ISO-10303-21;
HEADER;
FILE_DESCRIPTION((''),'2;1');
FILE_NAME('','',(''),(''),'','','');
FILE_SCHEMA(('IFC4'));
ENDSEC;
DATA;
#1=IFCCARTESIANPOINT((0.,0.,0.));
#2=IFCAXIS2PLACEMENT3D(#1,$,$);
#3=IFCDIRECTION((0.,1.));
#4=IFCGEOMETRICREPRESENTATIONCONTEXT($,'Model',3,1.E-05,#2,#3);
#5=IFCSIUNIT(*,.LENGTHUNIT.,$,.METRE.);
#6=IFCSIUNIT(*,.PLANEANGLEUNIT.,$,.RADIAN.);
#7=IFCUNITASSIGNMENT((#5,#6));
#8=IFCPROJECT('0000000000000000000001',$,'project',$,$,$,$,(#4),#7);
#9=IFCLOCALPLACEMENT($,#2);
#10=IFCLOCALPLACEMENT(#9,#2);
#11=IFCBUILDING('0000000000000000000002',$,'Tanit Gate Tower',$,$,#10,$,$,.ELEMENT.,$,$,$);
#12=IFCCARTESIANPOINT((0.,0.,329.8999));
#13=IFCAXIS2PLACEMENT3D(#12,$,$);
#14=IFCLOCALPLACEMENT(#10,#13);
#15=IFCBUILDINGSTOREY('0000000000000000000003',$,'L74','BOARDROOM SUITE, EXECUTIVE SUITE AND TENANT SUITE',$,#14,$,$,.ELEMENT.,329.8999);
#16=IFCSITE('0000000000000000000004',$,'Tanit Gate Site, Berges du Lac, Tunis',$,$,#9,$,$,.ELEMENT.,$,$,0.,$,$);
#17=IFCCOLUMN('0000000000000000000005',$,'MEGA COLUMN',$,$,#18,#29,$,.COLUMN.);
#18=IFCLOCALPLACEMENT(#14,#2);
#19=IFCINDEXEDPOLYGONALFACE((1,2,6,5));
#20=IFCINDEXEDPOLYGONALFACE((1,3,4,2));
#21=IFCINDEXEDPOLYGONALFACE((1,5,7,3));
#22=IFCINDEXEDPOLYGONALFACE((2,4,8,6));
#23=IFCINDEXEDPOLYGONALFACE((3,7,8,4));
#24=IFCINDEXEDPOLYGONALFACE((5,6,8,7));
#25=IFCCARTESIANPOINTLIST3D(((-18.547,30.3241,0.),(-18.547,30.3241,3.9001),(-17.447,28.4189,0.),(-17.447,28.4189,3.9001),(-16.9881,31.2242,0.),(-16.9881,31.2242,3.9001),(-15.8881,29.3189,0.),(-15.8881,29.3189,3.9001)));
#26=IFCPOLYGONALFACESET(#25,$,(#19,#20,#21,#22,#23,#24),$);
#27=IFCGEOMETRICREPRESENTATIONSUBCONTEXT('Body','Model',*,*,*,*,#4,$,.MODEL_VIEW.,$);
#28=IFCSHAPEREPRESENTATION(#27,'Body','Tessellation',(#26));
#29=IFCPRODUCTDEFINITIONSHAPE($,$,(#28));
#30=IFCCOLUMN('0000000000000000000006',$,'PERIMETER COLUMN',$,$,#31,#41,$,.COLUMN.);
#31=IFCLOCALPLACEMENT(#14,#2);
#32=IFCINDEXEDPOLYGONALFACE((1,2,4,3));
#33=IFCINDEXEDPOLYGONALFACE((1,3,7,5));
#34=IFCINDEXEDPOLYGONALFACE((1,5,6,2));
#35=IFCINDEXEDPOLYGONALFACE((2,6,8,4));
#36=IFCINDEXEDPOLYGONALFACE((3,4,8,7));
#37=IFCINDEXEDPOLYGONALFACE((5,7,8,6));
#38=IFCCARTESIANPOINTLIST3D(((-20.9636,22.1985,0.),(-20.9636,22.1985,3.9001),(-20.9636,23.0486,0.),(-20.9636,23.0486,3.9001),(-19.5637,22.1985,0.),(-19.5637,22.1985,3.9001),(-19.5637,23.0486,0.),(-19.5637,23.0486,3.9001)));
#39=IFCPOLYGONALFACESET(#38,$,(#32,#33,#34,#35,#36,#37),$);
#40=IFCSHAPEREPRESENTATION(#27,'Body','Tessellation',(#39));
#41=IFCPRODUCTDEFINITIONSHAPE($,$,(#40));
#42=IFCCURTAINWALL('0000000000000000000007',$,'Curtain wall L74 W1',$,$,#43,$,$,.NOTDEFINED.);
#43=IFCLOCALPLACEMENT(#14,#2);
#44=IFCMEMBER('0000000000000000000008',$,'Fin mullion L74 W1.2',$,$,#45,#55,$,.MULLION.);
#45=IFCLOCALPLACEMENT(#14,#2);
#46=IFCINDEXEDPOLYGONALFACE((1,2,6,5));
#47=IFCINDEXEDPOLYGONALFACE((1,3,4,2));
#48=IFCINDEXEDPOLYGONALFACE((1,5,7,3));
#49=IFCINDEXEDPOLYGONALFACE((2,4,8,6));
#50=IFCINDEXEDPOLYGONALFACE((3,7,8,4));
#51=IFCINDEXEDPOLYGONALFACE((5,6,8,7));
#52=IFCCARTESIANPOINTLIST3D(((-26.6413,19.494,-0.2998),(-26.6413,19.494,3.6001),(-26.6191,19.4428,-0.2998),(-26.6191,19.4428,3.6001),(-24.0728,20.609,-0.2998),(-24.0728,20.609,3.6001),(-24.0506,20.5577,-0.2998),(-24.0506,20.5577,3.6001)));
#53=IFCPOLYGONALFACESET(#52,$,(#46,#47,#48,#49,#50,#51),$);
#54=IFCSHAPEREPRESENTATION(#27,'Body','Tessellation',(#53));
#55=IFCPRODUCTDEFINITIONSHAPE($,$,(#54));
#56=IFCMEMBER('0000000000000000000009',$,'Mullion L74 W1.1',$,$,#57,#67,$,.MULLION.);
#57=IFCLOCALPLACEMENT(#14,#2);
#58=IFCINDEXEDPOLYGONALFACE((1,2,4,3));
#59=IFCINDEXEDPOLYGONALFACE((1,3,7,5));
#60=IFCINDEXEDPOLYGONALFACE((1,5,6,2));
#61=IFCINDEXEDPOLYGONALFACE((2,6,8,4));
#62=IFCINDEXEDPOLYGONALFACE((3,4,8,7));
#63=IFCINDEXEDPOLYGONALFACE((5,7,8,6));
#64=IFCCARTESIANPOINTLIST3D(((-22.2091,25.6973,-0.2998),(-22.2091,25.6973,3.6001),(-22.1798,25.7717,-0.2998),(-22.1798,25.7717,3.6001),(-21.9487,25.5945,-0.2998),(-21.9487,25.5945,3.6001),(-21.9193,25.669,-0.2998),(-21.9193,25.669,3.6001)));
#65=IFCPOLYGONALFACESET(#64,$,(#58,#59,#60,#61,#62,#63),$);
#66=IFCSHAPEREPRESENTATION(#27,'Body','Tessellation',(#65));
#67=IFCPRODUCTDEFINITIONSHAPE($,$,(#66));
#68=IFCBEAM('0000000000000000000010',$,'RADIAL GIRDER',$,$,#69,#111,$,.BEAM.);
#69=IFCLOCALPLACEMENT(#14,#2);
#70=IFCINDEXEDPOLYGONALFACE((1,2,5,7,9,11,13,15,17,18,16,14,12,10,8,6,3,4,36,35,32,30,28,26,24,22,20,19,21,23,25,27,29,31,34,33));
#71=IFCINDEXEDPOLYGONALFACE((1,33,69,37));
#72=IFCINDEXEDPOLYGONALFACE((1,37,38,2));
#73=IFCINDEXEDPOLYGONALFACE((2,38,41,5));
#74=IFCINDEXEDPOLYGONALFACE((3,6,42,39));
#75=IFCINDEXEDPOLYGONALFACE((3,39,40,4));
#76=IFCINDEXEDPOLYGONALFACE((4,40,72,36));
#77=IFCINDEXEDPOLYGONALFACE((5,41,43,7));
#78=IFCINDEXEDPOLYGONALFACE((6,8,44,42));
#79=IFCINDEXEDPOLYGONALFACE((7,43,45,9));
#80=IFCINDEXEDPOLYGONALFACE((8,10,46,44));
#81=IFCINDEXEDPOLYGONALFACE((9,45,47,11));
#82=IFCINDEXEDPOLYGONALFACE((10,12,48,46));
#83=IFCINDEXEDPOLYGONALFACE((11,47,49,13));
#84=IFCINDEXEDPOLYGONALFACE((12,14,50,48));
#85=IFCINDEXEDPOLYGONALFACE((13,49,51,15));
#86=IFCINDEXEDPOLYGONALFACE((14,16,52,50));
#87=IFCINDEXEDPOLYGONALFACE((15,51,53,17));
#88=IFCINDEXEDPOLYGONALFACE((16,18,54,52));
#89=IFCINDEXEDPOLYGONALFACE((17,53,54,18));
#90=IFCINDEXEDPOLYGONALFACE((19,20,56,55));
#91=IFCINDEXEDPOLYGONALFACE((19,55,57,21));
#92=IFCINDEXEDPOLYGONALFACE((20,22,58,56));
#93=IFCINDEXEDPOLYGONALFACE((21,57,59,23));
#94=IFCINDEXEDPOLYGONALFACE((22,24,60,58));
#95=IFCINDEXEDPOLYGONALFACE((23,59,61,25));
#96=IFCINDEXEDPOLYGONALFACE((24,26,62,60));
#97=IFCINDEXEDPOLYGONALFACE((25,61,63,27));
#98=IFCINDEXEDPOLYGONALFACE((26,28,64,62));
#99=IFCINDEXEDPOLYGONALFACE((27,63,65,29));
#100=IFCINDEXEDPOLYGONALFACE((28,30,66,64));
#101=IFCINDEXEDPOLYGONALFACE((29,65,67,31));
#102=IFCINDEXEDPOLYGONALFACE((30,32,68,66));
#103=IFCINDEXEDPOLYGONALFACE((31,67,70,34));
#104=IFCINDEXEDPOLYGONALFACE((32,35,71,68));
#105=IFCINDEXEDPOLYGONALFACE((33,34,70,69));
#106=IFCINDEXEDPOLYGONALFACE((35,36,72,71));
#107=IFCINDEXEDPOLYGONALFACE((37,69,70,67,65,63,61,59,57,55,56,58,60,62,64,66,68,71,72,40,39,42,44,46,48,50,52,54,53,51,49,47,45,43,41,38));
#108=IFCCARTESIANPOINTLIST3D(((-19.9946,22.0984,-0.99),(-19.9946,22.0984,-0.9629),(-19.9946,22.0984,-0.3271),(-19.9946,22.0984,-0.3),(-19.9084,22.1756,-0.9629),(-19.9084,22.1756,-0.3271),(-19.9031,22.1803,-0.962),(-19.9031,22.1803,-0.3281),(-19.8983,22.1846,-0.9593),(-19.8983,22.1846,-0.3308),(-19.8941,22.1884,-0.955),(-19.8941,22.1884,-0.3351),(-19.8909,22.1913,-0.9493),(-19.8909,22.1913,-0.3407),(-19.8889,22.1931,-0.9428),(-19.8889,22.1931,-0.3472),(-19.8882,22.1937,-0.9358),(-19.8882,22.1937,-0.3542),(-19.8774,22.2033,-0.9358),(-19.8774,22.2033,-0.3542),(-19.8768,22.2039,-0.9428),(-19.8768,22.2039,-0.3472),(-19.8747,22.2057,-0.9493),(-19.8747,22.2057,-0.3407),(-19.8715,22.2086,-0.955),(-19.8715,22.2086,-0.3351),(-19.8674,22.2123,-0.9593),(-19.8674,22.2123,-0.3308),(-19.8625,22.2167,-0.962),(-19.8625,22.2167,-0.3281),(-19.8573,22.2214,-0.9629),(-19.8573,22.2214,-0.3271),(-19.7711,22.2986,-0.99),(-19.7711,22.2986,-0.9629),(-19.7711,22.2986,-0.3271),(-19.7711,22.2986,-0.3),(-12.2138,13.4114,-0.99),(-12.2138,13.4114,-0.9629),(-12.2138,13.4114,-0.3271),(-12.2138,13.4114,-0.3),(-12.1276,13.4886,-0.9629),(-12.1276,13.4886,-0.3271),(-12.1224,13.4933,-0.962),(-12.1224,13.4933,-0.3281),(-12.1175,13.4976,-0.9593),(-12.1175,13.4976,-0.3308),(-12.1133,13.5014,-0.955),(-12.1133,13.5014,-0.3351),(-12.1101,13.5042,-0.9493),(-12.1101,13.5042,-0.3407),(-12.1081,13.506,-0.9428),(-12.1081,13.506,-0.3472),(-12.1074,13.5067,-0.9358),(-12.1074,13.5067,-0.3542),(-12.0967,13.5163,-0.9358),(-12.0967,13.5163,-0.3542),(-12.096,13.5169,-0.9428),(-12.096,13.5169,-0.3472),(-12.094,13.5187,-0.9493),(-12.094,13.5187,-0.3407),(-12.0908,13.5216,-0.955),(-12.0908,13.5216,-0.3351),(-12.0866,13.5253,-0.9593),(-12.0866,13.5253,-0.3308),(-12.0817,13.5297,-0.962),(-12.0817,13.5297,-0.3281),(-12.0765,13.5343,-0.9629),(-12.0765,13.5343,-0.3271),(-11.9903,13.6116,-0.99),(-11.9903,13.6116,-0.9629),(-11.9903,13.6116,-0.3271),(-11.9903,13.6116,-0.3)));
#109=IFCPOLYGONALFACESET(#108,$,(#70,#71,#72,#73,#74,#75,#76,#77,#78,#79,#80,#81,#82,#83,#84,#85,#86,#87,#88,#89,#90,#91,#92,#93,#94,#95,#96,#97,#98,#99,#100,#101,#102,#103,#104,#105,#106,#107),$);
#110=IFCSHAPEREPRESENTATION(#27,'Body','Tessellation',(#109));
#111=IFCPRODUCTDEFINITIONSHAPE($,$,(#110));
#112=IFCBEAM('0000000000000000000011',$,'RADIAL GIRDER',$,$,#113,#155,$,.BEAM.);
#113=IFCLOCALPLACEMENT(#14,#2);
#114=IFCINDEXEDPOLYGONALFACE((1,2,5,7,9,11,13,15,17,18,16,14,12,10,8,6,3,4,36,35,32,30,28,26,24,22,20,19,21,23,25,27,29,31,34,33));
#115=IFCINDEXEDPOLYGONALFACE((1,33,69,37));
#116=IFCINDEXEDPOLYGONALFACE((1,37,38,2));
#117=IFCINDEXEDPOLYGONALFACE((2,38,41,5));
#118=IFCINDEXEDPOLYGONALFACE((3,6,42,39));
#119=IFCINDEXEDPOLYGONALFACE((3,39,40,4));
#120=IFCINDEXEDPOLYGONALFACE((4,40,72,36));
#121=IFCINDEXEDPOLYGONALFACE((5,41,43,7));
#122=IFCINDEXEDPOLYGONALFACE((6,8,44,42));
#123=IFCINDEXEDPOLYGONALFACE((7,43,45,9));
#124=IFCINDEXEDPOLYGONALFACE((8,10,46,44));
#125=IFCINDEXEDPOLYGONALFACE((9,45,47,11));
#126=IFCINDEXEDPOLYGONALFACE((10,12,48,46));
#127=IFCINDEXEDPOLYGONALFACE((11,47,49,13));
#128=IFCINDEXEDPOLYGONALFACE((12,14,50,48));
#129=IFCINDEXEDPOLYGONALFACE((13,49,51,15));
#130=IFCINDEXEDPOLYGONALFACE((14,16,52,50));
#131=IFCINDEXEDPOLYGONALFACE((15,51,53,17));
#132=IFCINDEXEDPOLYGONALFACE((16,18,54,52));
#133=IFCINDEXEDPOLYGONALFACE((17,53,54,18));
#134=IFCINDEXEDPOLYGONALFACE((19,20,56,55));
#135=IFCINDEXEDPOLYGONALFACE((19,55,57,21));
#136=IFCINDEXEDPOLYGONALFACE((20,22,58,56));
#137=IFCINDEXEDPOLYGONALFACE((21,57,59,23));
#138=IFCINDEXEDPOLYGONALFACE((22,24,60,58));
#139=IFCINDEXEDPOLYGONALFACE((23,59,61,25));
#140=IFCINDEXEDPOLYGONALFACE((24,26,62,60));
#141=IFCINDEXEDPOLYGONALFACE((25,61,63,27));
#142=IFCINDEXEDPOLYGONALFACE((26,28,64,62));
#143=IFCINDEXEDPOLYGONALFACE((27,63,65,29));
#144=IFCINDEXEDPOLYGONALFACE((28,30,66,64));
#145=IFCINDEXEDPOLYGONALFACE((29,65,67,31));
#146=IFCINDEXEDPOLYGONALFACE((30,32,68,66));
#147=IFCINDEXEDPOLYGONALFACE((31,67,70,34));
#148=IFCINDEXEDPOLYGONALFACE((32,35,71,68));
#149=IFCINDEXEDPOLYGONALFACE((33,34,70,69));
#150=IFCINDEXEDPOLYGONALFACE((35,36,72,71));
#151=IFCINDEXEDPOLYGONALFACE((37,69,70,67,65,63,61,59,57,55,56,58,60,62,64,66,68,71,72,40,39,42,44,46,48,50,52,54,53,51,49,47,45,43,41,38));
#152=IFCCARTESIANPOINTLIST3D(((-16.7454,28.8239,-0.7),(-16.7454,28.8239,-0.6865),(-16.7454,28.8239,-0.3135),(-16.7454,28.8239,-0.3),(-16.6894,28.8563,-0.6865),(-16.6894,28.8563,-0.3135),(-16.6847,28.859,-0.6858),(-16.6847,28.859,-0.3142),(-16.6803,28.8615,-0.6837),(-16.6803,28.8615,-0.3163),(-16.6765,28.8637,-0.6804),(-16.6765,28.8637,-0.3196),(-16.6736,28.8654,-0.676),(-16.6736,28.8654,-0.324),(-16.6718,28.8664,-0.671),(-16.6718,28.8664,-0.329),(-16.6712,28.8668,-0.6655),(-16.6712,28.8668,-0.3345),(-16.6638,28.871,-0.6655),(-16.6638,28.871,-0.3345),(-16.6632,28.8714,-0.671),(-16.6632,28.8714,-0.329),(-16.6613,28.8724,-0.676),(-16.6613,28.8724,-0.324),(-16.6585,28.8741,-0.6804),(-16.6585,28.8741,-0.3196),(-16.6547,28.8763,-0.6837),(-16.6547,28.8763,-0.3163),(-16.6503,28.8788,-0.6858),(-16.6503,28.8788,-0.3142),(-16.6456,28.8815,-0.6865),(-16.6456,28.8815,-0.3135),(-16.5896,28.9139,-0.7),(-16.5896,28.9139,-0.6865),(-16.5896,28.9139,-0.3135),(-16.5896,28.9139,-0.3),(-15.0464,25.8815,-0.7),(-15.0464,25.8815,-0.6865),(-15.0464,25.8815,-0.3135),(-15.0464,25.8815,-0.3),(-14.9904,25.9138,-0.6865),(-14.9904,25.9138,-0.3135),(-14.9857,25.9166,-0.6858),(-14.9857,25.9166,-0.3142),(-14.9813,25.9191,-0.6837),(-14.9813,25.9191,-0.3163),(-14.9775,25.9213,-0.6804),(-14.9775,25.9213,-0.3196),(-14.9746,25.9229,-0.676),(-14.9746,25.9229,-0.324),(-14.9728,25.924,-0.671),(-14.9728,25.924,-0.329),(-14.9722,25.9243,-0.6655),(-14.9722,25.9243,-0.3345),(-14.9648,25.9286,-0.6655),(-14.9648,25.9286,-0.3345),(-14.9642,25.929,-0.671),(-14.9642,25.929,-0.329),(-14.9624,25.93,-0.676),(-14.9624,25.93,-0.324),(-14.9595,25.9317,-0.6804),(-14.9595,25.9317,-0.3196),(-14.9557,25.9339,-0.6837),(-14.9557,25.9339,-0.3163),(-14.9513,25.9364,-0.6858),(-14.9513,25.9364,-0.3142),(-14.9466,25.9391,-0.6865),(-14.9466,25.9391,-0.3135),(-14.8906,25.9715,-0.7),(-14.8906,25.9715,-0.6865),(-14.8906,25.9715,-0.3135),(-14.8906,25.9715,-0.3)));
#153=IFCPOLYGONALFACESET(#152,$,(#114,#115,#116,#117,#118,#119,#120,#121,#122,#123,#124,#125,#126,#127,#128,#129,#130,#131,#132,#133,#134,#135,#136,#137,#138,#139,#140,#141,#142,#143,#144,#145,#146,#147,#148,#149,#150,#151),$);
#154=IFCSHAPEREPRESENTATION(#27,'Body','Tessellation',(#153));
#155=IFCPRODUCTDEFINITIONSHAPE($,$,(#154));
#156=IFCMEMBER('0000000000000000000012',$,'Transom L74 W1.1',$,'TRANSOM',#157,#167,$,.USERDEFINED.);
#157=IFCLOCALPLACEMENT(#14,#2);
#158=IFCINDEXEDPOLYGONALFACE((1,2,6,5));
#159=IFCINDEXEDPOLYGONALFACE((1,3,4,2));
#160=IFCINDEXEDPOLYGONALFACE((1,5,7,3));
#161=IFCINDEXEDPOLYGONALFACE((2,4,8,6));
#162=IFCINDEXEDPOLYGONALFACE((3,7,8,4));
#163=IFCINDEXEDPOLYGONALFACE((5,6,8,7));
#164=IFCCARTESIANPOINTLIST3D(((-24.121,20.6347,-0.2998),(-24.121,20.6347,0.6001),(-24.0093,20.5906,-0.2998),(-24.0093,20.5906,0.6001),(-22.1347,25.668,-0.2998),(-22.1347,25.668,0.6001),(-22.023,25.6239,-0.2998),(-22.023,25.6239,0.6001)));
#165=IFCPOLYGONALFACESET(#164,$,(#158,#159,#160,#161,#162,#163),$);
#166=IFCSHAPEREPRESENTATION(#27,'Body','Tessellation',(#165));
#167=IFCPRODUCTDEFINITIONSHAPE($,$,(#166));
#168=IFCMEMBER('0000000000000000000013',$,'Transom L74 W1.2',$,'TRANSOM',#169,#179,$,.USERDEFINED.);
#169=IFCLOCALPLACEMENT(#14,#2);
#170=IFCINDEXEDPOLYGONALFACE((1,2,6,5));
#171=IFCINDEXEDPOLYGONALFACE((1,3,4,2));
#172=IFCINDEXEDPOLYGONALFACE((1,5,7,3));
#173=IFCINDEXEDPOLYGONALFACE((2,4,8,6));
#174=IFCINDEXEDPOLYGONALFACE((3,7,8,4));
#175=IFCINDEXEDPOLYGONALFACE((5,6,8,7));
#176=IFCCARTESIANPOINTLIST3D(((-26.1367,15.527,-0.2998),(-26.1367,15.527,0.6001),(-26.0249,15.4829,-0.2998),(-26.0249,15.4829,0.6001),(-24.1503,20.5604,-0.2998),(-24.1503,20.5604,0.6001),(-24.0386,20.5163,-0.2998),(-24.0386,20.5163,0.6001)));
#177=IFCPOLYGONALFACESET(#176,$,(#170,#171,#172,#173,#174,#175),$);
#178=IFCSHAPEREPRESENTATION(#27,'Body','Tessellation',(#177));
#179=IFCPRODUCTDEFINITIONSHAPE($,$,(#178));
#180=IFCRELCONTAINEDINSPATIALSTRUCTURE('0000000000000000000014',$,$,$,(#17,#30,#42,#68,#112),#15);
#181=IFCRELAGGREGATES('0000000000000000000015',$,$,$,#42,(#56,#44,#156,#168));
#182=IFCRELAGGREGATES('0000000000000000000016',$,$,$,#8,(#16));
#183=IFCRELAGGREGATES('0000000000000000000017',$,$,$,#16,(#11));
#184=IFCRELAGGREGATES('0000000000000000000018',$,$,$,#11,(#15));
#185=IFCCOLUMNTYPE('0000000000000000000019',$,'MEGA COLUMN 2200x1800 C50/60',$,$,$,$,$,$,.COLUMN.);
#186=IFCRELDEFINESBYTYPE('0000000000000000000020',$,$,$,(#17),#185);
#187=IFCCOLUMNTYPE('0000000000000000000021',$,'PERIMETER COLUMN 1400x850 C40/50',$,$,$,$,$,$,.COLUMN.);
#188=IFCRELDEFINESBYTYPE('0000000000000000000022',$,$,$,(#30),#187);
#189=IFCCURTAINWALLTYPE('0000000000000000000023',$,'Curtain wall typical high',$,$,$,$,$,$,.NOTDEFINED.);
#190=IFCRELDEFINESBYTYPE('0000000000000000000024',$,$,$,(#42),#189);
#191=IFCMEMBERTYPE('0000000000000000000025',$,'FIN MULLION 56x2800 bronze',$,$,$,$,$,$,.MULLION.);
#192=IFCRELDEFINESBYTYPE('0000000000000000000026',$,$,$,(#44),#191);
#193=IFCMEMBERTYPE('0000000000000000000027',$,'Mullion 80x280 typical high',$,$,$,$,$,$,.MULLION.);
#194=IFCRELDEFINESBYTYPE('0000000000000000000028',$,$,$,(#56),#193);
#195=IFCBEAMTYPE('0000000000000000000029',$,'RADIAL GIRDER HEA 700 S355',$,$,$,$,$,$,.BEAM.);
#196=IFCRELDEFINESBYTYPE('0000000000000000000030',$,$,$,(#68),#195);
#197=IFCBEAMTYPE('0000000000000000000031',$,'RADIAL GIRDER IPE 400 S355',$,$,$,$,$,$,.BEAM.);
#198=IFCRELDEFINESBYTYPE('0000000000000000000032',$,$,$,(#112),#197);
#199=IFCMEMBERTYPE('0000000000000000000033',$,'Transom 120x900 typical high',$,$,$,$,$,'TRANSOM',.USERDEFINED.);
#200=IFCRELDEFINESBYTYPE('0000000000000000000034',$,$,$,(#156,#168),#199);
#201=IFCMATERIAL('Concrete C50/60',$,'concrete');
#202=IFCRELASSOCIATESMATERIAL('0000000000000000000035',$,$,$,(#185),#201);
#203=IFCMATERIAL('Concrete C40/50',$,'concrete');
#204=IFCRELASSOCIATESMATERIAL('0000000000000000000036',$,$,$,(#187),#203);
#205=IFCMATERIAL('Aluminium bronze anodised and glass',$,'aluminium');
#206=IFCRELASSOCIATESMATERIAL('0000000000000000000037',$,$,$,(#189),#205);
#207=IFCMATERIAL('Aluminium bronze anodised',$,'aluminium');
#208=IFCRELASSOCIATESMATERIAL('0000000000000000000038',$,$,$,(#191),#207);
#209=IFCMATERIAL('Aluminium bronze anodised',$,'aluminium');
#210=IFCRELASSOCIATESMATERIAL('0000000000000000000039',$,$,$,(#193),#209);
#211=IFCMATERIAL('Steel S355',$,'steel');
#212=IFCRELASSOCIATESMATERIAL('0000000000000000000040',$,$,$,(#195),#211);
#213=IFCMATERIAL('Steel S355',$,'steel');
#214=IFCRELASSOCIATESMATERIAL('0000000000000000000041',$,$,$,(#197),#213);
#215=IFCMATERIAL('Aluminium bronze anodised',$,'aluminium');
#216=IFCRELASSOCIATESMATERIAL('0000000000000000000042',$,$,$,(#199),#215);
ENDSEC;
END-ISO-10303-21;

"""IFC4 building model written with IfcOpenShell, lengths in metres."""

from ifc_helpers import new_model, si_unit, direction, frame, origin, origin_2d, place, context, subcontext, project, spatial, rectangle, i_section, extrude, material, material_profile, profile_set, type_object, element, aggregate, save


model = new_model("IFC4")

# Units and contexts
model_context = context("Model", 3, precision=1e-05, world=origin(), true_north=direction((0.0, 1.0)))
body_context = subcontext(model_context, "Body", "Model", "MODEL_VIEW")
ifc_project = project(units=[si_unit("LENGTHUNIT", "METRE"), si_unit("PLANEANGLEUNIT", "RADIAN")], contexts=[model_context])

# Site, building, storey
site_placement = place(None, origin())
site = spatial("IfcSite", under=ifc_project, at=site_placement, Name="Tanit Gate Site, Berges du Lac, Tunis", CompositionType="ELEMENT", RefElevation=0.0)
building_placement = place(site_placement, origin())
building = spatial("IfcBuilding", under=site, at=building_placement, Name="Tanit Gate Tower", CompositionType="ELEMENT")
storey_placement = place(building_placement, frame((0.0, 0.0, 329.8999)))
storey = spatial("IfcBuildingStorey", under=building, at=storey_placement, Name="L74", Description="BOARDROOM SUITE, EXECUTIVE SUITE AND TENANT SUITE", CompositionType="ELEMENT", Elevation=329.8999)

# Columns
ifc_material_1 = material(Name="Concrete C50/60", Category="concrete")
ifc_material_profile_1 = material_profile(ifc_material_1, rectangle(XDim=2.2, YDim=1.8, at=origin_2d()), Name="RC 2200x1800")
ifc_profile_set_1 = profile_set([ifc_material_profile_1], Name="Concrete C50/60")
column_type_1 = type_object("IfcColumnType", Name="MEGA COLUMN 2200x1800 C50/60", PredefinedType="COLUMN", material=ifc_profile_set_1)
column_1_placement = place(storey_placement, frame((-17.2175, 29.8215, 0.0), z_axis=(0.0, 0.0, 1.0), x_axis=(-0.5, 0.866025, 0.0)))
element("IfcColumn", 1, at=column_1_placement, inside=storey, type_object=column_type_1, Name="MEGA COLUMN", PredefinedType="COLUMN", context=body_context, shape_type="SweptSolid", body=[
    extrude(rectangle(XDim=2.2, YDim=1.8, at=origin_2d()), origin(), (0.0, 0.0, 1.0), 3.9001),
])
ifc_material_2 = material(Name="Concrete C40/50", Category="concrete")
ifc_material_profile_2 = material_profile(ifc_material_2, rectangle(XDim=1.3999, YDim=0.8501, at=origin_2d()), Name="RC 1400x850")
ifc_profile_set_2 = profile_set([ifc_material_profile_2], Name="Concrete C40/50")
column_type_2 = type_object("IfcColumnType", Name="PERIMETER COLUMN 1400x850 C40/50", PredefinedType="COLUMN", material=ifc_profile_set_2)
column_2_placement = place(storey_placement, frame((-20.2637, 22.6235, 0.0), z_axis=(0.0, 0.0, 1.0), x_axis=(-1.0, 0.0, 0.0)))
element("IfcColumn", 2, at=column_2_placement, inside=storey, type_object=column_type_2, Name="PERIMETER COLUMN", PredefinedType="COLUMN", context=body_context, shape_type="SweptSolid", body=[
    extrude(rectangle(XDim=1.3999, YDim=0.8501, at=origin_2d()), origin(), (0.0, 0.0, 1.0), 3.9001),
])

# Curtain wall, members
ifc_material_3 = material(Name="Aluminium bronze anodised and glass", Category="aluminium")
curtain_wall_type = type_object("IfcCurtainWallType", Name="Curtain wall typical high", PredefinedType="NOTDEFINED", material=ifc_material_3)
curtain_wall_placement = place(storey_placement, origin())
curtain_wall = element("IfcCurtainWall", 3, at=curtain_wall_placement, inside=storey, type_object=curtain_wall_type, Name="Curtain wall L74 W1", PredefinedType="NOTDEFINED")
ifc_material_4 = material(Name="Aluminium bronze anodised", Category="aluminium")
ifc_material_profile_3 = material_profile(ifc_material_4, rectangle(XDim=2.8, YDim=0.0559, at=origin_2d()), Name="56x2800 bronze fin mullion")
ifc_profile_set_3 = profile_set([ifc_material_profile_3], Name="Aluminium bronze anodised")
member_type_1 = type_object("IfcMemberType", Name="FIN MULLION 56x2800 bronze", PredefinedType="MULLION", material=ifc_profile_set_3)
member_1_placement = place(storey_placement, frame((-25.3459, 20.0259, -0.2998), z_axis=(0.0, 0.0, 1.0), x_axis=(0.917304, 0.398188, 0.0)))
member_1 = element("IfcMember", 4, at=member_1_placement, type_object=member_type_1, Name="Fin mullion L74 W1.2", PredefinedType="MULLION", context=body_context, shape_type="SweptSolid", body=[
    extrude(rectangle(XDim=2.8, YDim=0.0559, at=origin_2d()), origin(), (0.0, 0.0, 1.0), 3.8999),
])
ifc_material_5 = material(Name="Aluminium bronze anodised", Category="aluminium")
ifc_material_profile_4 = material_profile(ifc_material_5, rectangle(XDim=0.28, YDim=0.0801, at=origin_2d()), Name="80x280 bronze mullion")
ifc_profile_set_4 = profile_set([ifc_material_profile_4], Name="Aluminium bronze anodised")
member_type_2 = type_object("IfcMemberType", Name="Mullion 80x280 typical high", PredefinedType="MULLION", material=ifc_profile_set_4)
member_2_placement = place(storey_placement, frame((-22.0642, 25.6831, -0.2998), z_axis=(0.0, 0.0, 1.0), x_axis=(0.930193, -0.36707, 0.0)))
member_2 = element("IfcMember", 5, at=member_2_placement, type_object=member_type_2, Name="Mullion L74 W1.1", PredefinedType="MULLION", context=body_context, shape_type="SweptSolid", body=[
    extrude(rectangle(XDim=0.28, YDim=0.0801, at=origin_2d()), origin(), (0.0, 0.0, 1.0), 3.8999),
])

# Beams
ifc_material_6 = material(Name="Steel S355", Category="steel")
ifc_material_profile_5 = material_profile(ifc_material_6, i_section(OverallWidth=0.3, OverallDepth=0.6899, WebThickness=0.0144, FlangeThickness=0.0271, FilletRadius=0.0271, at=origin_2d()), Name="HEA 700")
ifc_profile_set_5 = profile_set([ifc_material_profile_5], Name="Steel S355")
beam_type_1 = type_object("IfcBeamType", Name="RADIAL GIRDER HEA 700 S355", PredefinedType="BEAM", material=ifc_profile_set_5)
beam_1_placement = place(storey_placement, frame((-19.8828, 22.1985, -0.645), z_axis=(0.667184, -0.744893, 0.0), x_axis=(0.744893, 0.667184, 0.0)))
element("IfcBeam", 6, at=beam_1_placement, inside=storey, type_object=beam_type_1, Name="RADIAL GIRDER", PredefinedType="BEAM", context=body_context, shape_type="SweptSolid", body=[
    extrude(i_section(OverallWidth=0.3, OverallDepth=0.6899, WebThickness=0.0144, FlangeThickness=0.0271, FilletRadius=0.0271, at=origin_2d()), origin(), (0.0, 0.0, 1.0), 11.6621),
])
ifc_material_7 = material(Name="Steel S355", Category="steel")
ifc_material_profile_6 = material_profile(ifc_material_7, i_section(OverallWidth=0.1799, OverallDepth=0.3999, WebThickness=0.0085, FlangeThickness=0.0134, FilletRadius=0.021, at=origin_2d()), Name="IPE 400")
ifc_profile_set_6 = profile_set([ifc_material_profile_6], Name="Steel S355")
beam_type_2 = type_object("IfcBeamType", Name="RADIAL GIRDER IPE 400 S355", PredefinedType="BEAM", material=ifc_profile_set_6)
beam_2_placement = place(storey_placement, frame((-16.6675, 28.8689, -0.5), z_axis=(0.500042, -0.866001, 0.0), x_axis=(0.866001, 0.500042, 0.0)))
element("IfcBeam", 7, at=beam_2_placement, inside=storey, type_object=beam_type_2, Name="RADIAL GIRDER", PredefinedType="BEAM", context=body_context, shape_type="SweptSolid", body=[
    extrude(i_section(OverallWidth=0.1799, OverallDepth=0.3999, WebThickness=0.0085, FlangeThickness=0.0134, FilletRadius=0.021, at=origin_2d()), origin(), (0.0, 0.0, 1.0), 3.3977),
])

# Members
ifc_material_8 = material(Name="Aluminium bronze anodised", Category="aluminium")
ifc_material_profile_7 = material_profile(ifc_material_8, rectangle(XDim=0.1201, YDim=0.8999, at=origin_2d()), Name="120x900 bronze transom")
ifc_profile_set_7 = profile_set([ifc_material_profile_7], Name="Aluminium bronze anodised")
member_type_3 = type_object("IfcMemberType", Name="Transom 120x900 typical high", ElementType="TRANSOM", PredefinedType="USERDEFINED", material=ifc_profile_set_7)
member_3_placement = place(storey_placement, frame((-22.0789, 25.646, 0.1501), z_axis=(-0.367077, -0.93019, 0.0), x_axis=(0.93019, -0.367077, 0.0)))
member_3 = element("IfcMember", 8, at=member_3_placement, type_object=member_type_3, Name="Transom L74 W1.1", ObjectType="TRANSOM", PredefinedType="USERDEFINED", context=body_context, shape_type="SweptSolid", body=[
    extrude(rectangle(XDim=0.1201, YDim=0.8999, at=origin_2d()), origin(), (0.0, 0.0, 1.0), 5.4111),
])
member_4_placement = place(storey_placement, frame((-24.0945, 20.5383, 0.1501), z_axis=(-0.367077, -0.93019, 0.0), x_axis=(0.93019, -0.367077, 0.0)))
member_4 = element("IfcMember", 9, at=member_4_placement, type_object=member_type_3, Name="Transom L74 W1.2", ObjectType="TRANSOM", PredefinedType="USERDEFINED", context=body_context, shape_type="SweptSolid", body=[
    extrude(rectangle(XDim=0.1201, YDim=0.8999, at=origin_2d()), origin(), (0.0, 0.0, 1.0), 5.4111),
])

aggregate(curtain_wall, [member_2, member_1, member_3, member_4])

save(model, "model.ifc")
